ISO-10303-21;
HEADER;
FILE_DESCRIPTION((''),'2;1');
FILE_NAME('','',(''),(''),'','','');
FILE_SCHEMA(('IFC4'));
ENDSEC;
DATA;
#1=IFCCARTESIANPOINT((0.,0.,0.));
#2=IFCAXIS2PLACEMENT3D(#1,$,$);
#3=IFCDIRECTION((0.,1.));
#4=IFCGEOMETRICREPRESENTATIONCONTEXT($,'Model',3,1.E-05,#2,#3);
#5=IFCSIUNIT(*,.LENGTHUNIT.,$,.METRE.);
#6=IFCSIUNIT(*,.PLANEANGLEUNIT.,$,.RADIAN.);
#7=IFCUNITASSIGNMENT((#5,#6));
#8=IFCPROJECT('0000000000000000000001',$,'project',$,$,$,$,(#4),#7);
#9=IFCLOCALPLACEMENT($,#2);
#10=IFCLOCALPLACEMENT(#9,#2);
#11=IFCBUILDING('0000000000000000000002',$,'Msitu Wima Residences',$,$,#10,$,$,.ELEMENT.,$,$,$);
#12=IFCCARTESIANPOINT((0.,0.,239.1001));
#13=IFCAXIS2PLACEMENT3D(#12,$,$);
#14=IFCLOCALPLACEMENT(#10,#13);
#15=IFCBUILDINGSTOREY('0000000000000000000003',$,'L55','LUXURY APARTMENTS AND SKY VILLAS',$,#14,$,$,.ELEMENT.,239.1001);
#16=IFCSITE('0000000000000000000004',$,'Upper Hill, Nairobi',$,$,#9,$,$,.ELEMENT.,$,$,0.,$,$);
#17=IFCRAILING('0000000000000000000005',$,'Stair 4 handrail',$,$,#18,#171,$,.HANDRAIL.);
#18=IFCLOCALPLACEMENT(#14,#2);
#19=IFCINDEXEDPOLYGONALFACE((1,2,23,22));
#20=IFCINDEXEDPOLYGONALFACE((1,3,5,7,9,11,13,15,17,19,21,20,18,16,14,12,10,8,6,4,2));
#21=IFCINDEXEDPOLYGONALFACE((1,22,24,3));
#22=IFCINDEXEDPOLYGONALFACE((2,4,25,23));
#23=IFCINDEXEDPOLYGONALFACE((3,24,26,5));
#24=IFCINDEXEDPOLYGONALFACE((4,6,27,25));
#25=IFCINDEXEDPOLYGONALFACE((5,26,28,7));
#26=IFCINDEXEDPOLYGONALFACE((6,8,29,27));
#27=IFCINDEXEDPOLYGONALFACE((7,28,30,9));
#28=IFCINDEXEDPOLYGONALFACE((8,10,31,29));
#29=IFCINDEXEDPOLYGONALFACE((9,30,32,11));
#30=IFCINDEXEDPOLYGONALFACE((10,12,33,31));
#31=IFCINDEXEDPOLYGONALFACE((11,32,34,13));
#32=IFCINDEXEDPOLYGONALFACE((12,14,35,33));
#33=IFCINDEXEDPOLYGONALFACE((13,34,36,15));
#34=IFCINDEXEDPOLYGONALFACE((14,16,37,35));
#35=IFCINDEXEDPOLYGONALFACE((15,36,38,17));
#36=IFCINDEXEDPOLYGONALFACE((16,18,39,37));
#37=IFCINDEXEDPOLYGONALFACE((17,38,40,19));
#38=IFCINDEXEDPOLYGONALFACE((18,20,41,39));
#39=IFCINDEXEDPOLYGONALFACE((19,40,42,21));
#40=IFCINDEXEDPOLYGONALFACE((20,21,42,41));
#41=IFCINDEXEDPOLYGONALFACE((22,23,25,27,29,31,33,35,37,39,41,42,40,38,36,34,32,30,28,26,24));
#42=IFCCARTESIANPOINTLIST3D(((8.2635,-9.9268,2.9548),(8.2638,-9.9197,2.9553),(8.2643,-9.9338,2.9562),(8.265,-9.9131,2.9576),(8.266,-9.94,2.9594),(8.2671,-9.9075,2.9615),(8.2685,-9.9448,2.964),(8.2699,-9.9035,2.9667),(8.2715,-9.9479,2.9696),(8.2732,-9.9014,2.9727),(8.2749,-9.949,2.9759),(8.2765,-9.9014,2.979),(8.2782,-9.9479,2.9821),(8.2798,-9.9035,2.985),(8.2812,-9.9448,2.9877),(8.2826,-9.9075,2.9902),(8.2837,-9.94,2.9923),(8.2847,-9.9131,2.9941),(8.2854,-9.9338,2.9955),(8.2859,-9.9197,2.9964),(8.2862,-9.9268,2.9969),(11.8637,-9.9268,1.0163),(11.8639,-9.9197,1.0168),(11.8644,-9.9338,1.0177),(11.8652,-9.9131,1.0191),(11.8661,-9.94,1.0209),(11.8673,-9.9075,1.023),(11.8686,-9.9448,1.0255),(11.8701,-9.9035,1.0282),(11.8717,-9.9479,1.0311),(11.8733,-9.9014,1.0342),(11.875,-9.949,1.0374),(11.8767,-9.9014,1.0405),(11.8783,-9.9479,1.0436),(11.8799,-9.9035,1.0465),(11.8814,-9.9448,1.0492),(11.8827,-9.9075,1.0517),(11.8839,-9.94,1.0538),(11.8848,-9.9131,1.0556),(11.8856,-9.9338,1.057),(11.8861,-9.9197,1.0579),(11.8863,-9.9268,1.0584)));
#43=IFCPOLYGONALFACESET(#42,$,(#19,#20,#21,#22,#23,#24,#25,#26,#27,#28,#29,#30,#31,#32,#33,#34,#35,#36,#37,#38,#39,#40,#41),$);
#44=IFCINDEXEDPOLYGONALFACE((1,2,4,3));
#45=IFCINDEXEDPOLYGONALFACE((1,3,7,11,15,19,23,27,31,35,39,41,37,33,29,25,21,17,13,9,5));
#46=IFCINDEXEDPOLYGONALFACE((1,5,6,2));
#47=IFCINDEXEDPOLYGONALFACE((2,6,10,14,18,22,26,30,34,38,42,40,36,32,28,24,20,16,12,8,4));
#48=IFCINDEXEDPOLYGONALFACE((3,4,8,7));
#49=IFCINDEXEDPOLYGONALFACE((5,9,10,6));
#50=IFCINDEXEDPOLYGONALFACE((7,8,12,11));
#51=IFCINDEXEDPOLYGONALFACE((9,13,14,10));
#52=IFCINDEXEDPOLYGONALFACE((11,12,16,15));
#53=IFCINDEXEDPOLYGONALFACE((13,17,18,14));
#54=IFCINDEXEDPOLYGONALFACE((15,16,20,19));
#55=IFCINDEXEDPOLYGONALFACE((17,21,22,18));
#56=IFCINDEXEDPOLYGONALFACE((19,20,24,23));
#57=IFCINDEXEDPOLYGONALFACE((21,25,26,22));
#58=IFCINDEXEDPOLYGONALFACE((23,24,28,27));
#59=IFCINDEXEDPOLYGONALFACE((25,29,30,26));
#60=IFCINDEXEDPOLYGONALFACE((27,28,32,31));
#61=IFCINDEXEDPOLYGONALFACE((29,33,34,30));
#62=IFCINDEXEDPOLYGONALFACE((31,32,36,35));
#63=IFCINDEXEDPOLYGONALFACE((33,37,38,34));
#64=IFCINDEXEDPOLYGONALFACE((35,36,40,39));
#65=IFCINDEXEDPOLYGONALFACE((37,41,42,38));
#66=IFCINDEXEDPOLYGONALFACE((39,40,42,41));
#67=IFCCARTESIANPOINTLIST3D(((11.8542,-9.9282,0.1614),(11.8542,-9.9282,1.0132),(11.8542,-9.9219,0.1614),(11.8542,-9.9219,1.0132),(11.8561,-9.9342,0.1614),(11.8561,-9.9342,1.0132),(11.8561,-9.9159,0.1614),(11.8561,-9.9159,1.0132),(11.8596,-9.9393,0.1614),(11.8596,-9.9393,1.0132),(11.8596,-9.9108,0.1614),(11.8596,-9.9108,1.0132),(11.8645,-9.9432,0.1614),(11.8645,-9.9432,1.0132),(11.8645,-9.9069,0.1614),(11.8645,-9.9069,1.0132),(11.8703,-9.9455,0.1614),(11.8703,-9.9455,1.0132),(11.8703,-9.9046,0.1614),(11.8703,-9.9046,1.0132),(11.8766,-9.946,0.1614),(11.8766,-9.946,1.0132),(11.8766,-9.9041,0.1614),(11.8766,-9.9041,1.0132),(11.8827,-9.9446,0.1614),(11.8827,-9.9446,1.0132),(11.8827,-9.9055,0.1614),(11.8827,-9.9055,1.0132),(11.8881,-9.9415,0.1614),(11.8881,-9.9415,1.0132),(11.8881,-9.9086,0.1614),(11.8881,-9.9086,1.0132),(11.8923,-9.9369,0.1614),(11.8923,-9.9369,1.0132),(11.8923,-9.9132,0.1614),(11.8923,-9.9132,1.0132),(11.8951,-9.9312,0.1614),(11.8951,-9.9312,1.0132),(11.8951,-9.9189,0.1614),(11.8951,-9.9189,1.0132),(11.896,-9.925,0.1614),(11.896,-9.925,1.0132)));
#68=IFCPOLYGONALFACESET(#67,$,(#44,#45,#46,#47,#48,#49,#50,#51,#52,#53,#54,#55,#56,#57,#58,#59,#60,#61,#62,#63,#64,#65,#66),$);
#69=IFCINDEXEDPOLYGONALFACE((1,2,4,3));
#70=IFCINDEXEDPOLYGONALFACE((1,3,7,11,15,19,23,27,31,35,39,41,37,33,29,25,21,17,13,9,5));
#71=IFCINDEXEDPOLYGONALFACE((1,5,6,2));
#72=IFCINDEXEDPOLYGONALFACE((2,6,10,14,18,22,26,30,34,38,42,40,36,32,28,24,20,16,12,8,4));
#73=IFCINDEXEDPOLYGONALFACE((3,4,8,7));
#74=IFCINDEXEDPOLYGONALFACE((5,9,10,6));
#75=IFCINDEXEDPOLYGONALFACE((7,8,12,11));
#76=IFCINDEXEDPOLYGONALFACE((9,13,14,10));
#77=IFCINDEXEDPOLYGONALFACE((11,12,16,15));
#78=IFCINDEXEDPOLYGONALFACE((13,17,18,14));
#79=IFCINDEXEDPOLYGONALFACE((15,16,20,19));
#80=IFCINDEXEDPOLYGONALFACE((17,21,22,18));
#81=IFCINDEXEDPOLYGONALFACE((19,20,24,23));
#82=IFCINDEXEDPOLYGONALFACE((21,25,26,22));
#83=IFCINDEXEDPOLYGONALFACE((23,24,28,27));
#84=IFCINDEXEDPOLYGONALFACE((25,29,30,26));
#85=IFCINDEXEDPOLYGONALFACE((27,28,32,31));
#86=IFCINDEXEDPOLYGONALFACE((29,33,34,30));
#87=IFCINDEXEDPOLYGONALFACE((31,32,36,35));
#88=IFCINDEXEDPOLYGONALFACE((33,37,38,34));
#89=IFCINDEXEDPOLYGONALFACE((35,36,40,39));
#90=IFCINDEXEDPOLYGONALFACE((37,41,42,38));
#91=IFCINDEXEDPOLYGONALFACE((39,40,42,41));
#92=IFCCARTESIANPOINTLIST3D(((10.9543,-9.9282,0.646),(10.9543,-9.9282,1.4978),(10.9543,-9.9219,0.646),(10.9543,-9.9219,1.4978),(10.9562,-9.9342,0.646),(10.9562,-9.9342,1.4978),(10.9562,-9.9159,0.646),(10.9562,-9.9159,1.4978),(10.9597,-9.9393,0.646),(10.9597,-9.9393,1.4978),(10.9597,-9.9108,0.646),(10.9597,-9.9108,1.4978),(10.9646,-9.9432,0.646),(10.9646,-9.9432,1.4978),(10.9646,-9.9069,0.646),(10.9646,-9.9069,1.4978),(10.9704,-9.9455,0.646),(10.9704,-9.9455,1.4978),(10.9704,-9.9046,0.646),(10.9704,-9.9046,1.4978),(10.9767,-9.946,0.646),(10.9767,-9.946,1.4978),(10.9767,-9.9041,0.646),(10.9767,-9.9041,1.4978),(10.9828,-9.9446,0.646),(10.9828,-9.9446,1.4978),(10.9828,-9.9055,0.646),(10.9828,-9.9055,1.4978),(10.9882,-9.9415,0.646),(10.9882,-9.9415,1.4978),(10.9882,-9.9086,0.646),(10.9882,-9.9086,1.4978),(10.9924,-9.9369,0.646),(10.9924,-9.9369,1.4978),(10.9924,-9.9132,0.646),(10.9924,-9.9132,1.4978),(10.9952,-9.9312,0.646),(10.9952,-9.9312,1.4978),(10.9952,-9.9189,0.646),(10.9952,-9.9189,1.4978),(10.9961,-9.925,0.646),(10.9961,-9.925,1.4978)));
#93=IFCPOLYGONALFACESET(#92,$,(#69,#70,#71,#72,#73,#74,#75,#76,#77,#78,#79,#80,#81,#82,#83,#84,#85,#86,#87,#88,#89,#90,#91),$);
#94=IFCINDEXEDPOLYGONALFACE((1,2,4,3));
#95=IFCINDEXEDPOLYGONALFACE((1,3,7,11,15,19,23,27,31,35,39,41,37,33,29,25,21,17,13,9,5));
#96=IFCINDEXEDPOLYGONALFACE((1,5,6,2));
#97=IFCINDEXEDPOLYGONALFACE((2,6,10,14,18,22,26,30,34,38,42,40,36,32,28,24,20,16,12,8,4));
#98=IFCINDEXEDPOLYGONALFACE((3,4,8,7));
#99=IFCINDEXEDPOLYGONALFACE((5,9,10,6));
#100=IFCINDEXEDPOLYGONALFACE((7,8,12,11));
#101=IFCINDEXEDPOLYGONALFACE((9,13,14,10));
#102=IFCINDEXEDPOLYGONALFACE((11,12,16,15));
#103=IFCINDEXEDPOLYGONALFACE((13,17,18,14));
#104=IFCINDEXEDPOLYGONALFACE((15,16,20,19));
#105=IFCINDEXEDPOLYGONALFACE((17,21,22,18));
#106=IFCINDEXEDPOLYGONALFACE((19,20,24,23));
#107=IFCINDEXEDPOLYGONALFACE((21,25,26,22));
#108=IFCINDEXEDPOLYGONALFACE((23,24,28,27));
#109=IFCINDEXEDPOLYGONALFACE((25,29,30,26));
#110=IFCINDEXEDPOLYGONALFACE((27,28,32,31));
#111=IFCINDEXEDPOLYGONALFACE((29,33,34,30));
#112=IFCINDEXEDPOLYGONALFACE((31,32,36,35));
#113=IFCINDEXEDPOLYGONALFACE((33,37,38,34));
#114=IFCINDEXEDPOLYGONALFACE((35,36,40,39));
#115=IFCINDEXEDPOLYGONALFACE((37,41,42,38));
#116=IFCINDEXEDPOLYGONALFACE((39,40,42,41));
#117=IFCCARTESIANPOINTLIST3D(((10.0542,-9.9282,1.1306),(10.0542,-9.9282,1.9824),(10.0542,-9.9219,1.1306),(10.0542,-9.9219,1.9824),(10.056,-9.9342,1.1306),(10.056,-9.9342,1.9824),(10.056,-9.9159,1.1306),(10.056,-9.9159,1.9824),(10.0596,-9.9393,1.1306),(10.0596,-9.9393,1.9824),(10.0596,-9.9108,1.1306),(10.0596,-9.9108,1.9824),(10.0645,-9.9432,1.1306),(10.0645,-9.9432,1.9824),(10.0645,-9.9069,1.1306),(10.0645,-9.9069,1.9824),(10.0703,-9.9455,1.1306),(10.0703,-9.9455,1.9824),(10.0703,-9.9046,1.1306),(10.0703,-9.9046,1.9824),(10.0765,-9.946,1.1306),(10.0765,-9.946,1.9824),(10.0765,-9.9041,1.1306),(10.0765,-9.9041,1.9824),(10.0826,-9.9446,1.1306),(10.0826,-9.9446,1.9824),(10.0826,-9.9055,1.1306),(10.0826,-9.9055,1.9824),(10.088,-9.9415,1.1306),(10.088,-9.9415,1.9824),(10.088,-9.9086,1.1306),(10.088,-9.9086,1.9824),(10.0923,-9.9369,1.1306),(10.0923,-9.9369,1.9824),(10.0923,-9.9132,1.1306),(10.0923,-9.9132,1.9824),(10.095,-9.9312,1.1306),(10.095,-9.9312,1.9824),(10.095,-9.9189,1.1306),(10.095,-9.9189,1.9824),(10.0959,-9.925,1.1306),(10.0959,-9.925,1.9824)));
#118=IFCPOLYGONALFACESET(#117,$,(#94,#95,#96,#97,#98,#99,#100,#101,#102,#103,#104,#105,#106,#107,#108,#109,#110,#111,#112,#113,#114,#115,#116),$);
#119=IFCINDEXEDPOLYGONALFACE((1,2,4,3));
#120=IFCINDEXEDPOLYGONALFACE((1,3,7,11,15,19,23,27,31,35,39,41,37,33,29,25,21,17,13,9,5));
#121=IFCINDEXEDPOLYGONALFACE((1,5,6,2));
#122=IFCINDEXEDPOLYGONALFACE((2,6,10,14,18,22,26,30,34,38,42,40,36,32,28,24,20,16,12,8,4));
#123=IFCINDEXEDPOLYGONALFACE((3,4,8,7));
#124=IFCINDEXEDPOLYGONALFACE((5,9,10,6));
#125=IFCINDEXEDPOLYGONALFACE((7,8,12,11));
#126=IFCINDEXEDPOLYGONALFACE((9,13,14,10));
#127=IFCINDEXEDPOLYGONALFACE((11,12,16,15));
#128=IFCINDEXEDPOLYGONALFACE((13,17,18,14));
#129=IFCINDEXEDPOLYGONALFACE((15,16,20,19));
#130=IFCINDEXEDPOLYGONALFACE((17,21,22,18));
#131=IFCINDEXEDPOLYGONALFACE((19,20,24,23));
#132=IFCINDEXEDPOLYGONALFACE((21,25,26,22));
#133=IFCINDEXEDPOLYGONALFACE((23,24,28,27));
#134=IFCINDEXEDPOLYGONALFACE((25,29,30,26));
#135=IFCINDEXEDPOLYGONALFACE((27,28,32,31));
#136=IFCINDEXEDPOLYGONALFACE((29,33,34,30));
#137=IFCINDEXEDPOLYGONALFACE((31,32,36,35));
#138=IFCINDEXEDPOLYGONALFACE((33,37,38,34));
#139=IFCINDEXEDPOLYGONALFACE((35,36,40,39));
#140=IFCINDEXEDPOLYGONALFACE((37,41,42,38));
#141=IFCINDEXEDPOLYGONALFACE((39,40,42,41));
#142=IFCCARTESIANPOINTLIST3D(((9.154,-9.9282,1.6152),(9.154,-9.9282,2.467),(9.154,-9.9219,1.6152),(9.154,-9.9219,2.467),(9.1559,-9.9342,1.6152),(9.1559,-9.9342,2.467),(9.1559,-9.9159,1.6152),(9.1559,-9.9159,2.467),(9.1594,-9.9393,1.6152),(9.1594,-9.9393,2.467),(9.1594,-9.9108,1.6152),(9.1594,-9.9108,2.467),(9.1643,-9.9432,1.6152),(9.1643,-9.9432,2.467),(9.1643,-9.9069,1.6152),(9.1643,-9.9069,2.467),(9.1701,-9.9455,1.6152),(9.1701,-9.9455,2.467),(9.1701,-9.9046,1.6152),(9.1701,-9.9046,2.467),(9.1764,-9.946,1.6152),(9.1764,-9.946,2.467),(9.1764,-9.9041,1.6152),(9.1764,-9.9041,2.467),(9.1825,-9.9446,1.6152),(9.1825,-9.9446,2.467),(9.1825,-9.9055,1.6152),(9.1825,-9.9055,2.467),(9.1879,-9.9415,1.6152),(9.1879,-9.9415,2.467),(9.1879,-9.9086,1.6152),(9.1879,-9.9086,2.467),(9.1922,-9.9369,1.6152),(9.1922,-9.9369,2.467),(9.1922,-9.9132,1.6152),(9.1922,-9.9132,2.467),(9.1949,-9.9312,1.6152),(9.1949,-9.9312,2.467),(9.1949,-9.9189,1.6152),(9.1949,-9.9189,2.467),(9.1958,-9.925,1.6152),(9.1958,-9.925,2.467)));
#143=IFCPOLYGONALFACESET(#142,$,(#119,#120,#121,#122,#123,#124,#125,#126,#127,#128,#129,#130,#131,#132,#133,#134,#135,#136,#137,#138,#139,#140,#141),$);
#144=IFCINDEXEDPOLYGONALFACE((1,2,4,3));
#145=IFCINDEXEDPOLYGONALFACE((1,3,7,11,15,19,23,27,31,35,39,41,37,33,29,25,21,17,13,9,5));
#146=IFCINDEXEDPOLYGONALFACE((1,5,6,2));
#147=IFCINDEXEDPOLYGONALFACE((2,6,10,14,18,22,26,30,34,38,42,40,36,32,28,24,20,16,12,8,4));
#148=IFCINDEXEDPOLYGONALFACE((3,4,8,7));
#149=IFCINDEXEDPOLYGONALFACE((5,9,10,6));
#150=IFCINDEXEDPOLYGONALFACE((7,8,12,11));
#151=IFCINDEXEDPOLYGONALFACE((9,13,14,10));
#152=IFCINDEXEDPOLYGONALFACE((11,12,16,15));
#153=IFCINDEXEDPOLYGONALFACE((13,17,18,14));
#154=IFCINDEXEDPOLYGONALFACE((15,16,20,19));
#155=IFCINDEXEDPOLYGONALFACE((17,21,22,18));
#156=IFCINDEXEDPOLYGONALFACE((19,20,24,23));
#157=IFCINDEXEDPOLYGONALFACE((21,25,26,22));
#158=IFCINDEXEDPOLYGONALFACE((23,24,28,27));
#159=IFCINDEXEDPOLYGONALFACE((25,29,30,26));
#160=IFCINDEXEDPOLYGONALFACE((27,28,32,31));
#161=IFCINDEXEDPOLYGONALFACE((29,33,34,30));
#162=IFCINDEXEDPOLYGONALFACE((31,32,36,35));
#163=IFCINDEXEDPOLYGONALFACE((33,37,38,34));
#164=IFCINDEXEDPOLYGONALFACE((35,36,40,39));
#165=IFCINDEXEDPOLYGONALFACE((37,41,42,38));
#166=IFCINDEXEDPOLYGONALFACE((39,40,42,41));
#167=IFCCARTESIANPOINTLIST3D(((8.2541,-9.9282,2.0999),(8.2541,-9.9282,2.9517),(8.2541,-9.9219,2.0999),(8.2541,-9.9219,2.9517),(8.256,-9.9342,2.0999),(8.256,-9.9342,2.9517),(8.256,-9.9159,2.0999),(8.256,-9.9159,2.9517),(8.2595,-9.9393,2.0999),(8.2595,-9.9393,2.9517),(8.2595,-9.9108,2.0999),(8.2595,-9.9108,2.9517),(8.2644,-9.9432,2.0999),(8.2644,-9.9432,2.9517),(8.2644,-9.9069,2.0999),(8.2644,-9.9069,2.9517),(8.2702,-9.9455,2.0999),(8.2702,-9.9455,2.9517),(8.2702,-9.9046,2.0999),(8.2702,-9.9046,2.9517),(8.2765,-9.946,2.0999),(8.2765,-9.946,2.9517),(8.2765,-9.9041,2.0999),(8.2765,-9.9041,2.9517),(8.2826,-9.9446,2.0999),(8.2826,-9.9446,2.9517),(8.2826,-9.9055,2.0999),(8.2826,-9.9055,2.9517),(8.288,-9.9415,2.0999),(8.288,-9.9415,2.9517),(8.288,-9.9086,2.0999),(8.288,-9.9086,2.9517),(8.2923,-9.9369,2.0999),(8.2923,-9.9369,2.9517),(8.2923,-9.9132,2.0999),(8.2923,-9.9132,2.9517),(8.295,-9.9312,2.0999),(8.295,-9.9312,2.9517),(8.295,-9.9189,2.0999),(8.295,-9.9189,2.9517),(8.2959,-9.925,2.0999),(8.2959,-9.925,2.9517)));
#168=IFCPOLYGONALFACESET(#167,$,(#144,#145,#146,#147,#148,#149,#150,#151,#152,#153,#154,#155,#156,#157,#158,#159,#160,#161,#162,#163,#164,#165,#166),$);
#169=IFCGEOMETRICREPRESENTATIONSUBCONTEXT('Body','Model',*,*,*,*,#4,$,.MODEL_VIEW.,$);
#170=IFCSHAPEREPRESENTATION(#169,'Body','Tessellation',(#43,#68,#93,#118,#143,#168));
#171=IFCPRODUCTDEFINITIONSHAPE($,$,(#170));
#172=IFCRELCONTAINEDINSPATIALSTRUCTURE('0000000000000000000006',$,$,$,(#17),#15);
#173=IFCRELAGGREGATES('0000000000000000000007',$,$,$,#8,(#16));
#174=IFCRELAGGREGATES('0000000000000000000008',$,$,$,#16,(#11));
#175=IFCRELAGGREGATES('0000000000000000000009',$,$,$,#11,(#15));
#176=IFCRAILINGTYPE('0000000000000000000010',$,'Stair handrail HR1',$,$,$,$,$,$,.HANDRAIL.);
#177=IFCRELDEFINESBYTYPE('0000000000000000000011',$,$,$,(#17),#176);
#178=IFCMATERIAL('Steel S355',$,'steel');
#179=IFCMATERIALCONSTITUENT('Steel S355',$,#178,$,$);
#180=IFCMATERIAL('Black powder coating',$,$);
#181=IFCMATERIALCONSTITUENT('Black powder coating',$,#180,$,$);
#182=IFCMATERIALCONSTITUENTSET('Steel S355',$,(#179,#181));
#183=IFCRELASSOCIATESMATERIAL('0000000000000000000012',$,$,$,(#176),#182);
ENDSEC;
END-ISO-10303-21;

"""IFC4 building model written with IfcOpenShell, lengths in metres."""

from ifc_helpers import new_model, si_unit, direction, frame, origin, origin_2d, place, context, subcontext, project, spatial, circle, extrude, material, constituent, constituent_set, type_object, element, save


model = new_model("IFC4")

# Units and contexts
model_context = context("Model", 3, precision=1e-05, world=origin(), true_north=direction((0.0, 1.0)))
body_context = subcontext(model_context, "Body", "Model", "MODEL_VIEW")
ifc_project = project(units=[si_unit("LENGTHUNIT", "METRE"), si_unit("PLANEANGLEUNIT", "RADIAN")], contexts=[model_context])

# Site, building, storey
site_placement = place(None, origin())
site = spatial("IfcSite", under=ifc_project, at=site_placement, Name="Upper Hill, Nairobi", CompositionType="ELEMENT", RefElevation=0.0)
building_placement = place(site_placement, origin())
building = spatial("IfcBuilding", under=site, at=building_placement, Name="Msitu Wima Residences", CompositionType="ELEMENT")
storey_placement = place(building_placement, frame((0.0, 0.0, 239.1001)))
storey = spatial("IfcBuildingStorey", under=building, at=storey_placement, Name="L55", Description="LUXURY APARTMENTS AND SKY VILLAS", CompositionType="ELEMENT", Elevation=239.1001)

# Railing
ifc_material_1 = material(Name="Steel S355", Category="steel")
ifc_constituent_1 = constituent(ifc_material_1, Name="Steel S355")
ifc_material_2 = material(Name="Black powder coating")
ifc_constituent_2 = constituent(ifc_material_2, Name="Black powder coating")
ifc_constituent_set = constituent_set(constituents=[ifc_constituent_1, ifc_constituent_2], Name="Steel S355")
railing_type = type_object("IfcRailingType", Name="Stair handrail HR1", PredefinedType="HANDRAIL", material=ifc_constituent_set)
for number, where, name in (
    (1, (11.875, -9.925, 0.1614), "Stair 4 handrail"),
):
    element("IfcRailing", number, at=place(storey_placement, frame(where)), inside=storey, type_object=railing_type, Name=name, PredefinedType="HANDRAIL", context=body_context, shape_type="SweptSolid", body=[
        extrude(circle(Radius=0.0239, at=origin_2d()), frame((0.0, 0.0, 0.876), z_axis=(-0.880475, 0.0, 0.474093), x_axis=(0.0, -1.0, 0.0)), (0.0, 0.0, 1.0), 4.0889),
        extrude(circle(Radius=0.021, at=origin_2d()), origin(), (0.0, 0.0, 1.0), 0.8518),
        extrude(circle(Radius=0.021, at=origin_2d()), frame((-0.8999, 0.0, 0.4846)), (0.0, 0.0, 1.0), 0.8518),
        extrude(circle(Radius=0.021, at=origin_2d()), frame((-1.8, 0.0, 0.9692)), (0.0, 0.0, 1.0), 0.8518),
        extrude(circle(Radius=0.021, at=origin_2d()), frame((-2.7002, 0.0, 1.4539)), (0.0, 0.0, 1.0), 0.8518),
        extrude(circle(Radius=0.021, at=origin_2d()), frame((-3.6001, 0.0, 1.9385)), (0.0, 0.0, 1.0), 0.8518),
    ])

save(model, "model.ifc")
